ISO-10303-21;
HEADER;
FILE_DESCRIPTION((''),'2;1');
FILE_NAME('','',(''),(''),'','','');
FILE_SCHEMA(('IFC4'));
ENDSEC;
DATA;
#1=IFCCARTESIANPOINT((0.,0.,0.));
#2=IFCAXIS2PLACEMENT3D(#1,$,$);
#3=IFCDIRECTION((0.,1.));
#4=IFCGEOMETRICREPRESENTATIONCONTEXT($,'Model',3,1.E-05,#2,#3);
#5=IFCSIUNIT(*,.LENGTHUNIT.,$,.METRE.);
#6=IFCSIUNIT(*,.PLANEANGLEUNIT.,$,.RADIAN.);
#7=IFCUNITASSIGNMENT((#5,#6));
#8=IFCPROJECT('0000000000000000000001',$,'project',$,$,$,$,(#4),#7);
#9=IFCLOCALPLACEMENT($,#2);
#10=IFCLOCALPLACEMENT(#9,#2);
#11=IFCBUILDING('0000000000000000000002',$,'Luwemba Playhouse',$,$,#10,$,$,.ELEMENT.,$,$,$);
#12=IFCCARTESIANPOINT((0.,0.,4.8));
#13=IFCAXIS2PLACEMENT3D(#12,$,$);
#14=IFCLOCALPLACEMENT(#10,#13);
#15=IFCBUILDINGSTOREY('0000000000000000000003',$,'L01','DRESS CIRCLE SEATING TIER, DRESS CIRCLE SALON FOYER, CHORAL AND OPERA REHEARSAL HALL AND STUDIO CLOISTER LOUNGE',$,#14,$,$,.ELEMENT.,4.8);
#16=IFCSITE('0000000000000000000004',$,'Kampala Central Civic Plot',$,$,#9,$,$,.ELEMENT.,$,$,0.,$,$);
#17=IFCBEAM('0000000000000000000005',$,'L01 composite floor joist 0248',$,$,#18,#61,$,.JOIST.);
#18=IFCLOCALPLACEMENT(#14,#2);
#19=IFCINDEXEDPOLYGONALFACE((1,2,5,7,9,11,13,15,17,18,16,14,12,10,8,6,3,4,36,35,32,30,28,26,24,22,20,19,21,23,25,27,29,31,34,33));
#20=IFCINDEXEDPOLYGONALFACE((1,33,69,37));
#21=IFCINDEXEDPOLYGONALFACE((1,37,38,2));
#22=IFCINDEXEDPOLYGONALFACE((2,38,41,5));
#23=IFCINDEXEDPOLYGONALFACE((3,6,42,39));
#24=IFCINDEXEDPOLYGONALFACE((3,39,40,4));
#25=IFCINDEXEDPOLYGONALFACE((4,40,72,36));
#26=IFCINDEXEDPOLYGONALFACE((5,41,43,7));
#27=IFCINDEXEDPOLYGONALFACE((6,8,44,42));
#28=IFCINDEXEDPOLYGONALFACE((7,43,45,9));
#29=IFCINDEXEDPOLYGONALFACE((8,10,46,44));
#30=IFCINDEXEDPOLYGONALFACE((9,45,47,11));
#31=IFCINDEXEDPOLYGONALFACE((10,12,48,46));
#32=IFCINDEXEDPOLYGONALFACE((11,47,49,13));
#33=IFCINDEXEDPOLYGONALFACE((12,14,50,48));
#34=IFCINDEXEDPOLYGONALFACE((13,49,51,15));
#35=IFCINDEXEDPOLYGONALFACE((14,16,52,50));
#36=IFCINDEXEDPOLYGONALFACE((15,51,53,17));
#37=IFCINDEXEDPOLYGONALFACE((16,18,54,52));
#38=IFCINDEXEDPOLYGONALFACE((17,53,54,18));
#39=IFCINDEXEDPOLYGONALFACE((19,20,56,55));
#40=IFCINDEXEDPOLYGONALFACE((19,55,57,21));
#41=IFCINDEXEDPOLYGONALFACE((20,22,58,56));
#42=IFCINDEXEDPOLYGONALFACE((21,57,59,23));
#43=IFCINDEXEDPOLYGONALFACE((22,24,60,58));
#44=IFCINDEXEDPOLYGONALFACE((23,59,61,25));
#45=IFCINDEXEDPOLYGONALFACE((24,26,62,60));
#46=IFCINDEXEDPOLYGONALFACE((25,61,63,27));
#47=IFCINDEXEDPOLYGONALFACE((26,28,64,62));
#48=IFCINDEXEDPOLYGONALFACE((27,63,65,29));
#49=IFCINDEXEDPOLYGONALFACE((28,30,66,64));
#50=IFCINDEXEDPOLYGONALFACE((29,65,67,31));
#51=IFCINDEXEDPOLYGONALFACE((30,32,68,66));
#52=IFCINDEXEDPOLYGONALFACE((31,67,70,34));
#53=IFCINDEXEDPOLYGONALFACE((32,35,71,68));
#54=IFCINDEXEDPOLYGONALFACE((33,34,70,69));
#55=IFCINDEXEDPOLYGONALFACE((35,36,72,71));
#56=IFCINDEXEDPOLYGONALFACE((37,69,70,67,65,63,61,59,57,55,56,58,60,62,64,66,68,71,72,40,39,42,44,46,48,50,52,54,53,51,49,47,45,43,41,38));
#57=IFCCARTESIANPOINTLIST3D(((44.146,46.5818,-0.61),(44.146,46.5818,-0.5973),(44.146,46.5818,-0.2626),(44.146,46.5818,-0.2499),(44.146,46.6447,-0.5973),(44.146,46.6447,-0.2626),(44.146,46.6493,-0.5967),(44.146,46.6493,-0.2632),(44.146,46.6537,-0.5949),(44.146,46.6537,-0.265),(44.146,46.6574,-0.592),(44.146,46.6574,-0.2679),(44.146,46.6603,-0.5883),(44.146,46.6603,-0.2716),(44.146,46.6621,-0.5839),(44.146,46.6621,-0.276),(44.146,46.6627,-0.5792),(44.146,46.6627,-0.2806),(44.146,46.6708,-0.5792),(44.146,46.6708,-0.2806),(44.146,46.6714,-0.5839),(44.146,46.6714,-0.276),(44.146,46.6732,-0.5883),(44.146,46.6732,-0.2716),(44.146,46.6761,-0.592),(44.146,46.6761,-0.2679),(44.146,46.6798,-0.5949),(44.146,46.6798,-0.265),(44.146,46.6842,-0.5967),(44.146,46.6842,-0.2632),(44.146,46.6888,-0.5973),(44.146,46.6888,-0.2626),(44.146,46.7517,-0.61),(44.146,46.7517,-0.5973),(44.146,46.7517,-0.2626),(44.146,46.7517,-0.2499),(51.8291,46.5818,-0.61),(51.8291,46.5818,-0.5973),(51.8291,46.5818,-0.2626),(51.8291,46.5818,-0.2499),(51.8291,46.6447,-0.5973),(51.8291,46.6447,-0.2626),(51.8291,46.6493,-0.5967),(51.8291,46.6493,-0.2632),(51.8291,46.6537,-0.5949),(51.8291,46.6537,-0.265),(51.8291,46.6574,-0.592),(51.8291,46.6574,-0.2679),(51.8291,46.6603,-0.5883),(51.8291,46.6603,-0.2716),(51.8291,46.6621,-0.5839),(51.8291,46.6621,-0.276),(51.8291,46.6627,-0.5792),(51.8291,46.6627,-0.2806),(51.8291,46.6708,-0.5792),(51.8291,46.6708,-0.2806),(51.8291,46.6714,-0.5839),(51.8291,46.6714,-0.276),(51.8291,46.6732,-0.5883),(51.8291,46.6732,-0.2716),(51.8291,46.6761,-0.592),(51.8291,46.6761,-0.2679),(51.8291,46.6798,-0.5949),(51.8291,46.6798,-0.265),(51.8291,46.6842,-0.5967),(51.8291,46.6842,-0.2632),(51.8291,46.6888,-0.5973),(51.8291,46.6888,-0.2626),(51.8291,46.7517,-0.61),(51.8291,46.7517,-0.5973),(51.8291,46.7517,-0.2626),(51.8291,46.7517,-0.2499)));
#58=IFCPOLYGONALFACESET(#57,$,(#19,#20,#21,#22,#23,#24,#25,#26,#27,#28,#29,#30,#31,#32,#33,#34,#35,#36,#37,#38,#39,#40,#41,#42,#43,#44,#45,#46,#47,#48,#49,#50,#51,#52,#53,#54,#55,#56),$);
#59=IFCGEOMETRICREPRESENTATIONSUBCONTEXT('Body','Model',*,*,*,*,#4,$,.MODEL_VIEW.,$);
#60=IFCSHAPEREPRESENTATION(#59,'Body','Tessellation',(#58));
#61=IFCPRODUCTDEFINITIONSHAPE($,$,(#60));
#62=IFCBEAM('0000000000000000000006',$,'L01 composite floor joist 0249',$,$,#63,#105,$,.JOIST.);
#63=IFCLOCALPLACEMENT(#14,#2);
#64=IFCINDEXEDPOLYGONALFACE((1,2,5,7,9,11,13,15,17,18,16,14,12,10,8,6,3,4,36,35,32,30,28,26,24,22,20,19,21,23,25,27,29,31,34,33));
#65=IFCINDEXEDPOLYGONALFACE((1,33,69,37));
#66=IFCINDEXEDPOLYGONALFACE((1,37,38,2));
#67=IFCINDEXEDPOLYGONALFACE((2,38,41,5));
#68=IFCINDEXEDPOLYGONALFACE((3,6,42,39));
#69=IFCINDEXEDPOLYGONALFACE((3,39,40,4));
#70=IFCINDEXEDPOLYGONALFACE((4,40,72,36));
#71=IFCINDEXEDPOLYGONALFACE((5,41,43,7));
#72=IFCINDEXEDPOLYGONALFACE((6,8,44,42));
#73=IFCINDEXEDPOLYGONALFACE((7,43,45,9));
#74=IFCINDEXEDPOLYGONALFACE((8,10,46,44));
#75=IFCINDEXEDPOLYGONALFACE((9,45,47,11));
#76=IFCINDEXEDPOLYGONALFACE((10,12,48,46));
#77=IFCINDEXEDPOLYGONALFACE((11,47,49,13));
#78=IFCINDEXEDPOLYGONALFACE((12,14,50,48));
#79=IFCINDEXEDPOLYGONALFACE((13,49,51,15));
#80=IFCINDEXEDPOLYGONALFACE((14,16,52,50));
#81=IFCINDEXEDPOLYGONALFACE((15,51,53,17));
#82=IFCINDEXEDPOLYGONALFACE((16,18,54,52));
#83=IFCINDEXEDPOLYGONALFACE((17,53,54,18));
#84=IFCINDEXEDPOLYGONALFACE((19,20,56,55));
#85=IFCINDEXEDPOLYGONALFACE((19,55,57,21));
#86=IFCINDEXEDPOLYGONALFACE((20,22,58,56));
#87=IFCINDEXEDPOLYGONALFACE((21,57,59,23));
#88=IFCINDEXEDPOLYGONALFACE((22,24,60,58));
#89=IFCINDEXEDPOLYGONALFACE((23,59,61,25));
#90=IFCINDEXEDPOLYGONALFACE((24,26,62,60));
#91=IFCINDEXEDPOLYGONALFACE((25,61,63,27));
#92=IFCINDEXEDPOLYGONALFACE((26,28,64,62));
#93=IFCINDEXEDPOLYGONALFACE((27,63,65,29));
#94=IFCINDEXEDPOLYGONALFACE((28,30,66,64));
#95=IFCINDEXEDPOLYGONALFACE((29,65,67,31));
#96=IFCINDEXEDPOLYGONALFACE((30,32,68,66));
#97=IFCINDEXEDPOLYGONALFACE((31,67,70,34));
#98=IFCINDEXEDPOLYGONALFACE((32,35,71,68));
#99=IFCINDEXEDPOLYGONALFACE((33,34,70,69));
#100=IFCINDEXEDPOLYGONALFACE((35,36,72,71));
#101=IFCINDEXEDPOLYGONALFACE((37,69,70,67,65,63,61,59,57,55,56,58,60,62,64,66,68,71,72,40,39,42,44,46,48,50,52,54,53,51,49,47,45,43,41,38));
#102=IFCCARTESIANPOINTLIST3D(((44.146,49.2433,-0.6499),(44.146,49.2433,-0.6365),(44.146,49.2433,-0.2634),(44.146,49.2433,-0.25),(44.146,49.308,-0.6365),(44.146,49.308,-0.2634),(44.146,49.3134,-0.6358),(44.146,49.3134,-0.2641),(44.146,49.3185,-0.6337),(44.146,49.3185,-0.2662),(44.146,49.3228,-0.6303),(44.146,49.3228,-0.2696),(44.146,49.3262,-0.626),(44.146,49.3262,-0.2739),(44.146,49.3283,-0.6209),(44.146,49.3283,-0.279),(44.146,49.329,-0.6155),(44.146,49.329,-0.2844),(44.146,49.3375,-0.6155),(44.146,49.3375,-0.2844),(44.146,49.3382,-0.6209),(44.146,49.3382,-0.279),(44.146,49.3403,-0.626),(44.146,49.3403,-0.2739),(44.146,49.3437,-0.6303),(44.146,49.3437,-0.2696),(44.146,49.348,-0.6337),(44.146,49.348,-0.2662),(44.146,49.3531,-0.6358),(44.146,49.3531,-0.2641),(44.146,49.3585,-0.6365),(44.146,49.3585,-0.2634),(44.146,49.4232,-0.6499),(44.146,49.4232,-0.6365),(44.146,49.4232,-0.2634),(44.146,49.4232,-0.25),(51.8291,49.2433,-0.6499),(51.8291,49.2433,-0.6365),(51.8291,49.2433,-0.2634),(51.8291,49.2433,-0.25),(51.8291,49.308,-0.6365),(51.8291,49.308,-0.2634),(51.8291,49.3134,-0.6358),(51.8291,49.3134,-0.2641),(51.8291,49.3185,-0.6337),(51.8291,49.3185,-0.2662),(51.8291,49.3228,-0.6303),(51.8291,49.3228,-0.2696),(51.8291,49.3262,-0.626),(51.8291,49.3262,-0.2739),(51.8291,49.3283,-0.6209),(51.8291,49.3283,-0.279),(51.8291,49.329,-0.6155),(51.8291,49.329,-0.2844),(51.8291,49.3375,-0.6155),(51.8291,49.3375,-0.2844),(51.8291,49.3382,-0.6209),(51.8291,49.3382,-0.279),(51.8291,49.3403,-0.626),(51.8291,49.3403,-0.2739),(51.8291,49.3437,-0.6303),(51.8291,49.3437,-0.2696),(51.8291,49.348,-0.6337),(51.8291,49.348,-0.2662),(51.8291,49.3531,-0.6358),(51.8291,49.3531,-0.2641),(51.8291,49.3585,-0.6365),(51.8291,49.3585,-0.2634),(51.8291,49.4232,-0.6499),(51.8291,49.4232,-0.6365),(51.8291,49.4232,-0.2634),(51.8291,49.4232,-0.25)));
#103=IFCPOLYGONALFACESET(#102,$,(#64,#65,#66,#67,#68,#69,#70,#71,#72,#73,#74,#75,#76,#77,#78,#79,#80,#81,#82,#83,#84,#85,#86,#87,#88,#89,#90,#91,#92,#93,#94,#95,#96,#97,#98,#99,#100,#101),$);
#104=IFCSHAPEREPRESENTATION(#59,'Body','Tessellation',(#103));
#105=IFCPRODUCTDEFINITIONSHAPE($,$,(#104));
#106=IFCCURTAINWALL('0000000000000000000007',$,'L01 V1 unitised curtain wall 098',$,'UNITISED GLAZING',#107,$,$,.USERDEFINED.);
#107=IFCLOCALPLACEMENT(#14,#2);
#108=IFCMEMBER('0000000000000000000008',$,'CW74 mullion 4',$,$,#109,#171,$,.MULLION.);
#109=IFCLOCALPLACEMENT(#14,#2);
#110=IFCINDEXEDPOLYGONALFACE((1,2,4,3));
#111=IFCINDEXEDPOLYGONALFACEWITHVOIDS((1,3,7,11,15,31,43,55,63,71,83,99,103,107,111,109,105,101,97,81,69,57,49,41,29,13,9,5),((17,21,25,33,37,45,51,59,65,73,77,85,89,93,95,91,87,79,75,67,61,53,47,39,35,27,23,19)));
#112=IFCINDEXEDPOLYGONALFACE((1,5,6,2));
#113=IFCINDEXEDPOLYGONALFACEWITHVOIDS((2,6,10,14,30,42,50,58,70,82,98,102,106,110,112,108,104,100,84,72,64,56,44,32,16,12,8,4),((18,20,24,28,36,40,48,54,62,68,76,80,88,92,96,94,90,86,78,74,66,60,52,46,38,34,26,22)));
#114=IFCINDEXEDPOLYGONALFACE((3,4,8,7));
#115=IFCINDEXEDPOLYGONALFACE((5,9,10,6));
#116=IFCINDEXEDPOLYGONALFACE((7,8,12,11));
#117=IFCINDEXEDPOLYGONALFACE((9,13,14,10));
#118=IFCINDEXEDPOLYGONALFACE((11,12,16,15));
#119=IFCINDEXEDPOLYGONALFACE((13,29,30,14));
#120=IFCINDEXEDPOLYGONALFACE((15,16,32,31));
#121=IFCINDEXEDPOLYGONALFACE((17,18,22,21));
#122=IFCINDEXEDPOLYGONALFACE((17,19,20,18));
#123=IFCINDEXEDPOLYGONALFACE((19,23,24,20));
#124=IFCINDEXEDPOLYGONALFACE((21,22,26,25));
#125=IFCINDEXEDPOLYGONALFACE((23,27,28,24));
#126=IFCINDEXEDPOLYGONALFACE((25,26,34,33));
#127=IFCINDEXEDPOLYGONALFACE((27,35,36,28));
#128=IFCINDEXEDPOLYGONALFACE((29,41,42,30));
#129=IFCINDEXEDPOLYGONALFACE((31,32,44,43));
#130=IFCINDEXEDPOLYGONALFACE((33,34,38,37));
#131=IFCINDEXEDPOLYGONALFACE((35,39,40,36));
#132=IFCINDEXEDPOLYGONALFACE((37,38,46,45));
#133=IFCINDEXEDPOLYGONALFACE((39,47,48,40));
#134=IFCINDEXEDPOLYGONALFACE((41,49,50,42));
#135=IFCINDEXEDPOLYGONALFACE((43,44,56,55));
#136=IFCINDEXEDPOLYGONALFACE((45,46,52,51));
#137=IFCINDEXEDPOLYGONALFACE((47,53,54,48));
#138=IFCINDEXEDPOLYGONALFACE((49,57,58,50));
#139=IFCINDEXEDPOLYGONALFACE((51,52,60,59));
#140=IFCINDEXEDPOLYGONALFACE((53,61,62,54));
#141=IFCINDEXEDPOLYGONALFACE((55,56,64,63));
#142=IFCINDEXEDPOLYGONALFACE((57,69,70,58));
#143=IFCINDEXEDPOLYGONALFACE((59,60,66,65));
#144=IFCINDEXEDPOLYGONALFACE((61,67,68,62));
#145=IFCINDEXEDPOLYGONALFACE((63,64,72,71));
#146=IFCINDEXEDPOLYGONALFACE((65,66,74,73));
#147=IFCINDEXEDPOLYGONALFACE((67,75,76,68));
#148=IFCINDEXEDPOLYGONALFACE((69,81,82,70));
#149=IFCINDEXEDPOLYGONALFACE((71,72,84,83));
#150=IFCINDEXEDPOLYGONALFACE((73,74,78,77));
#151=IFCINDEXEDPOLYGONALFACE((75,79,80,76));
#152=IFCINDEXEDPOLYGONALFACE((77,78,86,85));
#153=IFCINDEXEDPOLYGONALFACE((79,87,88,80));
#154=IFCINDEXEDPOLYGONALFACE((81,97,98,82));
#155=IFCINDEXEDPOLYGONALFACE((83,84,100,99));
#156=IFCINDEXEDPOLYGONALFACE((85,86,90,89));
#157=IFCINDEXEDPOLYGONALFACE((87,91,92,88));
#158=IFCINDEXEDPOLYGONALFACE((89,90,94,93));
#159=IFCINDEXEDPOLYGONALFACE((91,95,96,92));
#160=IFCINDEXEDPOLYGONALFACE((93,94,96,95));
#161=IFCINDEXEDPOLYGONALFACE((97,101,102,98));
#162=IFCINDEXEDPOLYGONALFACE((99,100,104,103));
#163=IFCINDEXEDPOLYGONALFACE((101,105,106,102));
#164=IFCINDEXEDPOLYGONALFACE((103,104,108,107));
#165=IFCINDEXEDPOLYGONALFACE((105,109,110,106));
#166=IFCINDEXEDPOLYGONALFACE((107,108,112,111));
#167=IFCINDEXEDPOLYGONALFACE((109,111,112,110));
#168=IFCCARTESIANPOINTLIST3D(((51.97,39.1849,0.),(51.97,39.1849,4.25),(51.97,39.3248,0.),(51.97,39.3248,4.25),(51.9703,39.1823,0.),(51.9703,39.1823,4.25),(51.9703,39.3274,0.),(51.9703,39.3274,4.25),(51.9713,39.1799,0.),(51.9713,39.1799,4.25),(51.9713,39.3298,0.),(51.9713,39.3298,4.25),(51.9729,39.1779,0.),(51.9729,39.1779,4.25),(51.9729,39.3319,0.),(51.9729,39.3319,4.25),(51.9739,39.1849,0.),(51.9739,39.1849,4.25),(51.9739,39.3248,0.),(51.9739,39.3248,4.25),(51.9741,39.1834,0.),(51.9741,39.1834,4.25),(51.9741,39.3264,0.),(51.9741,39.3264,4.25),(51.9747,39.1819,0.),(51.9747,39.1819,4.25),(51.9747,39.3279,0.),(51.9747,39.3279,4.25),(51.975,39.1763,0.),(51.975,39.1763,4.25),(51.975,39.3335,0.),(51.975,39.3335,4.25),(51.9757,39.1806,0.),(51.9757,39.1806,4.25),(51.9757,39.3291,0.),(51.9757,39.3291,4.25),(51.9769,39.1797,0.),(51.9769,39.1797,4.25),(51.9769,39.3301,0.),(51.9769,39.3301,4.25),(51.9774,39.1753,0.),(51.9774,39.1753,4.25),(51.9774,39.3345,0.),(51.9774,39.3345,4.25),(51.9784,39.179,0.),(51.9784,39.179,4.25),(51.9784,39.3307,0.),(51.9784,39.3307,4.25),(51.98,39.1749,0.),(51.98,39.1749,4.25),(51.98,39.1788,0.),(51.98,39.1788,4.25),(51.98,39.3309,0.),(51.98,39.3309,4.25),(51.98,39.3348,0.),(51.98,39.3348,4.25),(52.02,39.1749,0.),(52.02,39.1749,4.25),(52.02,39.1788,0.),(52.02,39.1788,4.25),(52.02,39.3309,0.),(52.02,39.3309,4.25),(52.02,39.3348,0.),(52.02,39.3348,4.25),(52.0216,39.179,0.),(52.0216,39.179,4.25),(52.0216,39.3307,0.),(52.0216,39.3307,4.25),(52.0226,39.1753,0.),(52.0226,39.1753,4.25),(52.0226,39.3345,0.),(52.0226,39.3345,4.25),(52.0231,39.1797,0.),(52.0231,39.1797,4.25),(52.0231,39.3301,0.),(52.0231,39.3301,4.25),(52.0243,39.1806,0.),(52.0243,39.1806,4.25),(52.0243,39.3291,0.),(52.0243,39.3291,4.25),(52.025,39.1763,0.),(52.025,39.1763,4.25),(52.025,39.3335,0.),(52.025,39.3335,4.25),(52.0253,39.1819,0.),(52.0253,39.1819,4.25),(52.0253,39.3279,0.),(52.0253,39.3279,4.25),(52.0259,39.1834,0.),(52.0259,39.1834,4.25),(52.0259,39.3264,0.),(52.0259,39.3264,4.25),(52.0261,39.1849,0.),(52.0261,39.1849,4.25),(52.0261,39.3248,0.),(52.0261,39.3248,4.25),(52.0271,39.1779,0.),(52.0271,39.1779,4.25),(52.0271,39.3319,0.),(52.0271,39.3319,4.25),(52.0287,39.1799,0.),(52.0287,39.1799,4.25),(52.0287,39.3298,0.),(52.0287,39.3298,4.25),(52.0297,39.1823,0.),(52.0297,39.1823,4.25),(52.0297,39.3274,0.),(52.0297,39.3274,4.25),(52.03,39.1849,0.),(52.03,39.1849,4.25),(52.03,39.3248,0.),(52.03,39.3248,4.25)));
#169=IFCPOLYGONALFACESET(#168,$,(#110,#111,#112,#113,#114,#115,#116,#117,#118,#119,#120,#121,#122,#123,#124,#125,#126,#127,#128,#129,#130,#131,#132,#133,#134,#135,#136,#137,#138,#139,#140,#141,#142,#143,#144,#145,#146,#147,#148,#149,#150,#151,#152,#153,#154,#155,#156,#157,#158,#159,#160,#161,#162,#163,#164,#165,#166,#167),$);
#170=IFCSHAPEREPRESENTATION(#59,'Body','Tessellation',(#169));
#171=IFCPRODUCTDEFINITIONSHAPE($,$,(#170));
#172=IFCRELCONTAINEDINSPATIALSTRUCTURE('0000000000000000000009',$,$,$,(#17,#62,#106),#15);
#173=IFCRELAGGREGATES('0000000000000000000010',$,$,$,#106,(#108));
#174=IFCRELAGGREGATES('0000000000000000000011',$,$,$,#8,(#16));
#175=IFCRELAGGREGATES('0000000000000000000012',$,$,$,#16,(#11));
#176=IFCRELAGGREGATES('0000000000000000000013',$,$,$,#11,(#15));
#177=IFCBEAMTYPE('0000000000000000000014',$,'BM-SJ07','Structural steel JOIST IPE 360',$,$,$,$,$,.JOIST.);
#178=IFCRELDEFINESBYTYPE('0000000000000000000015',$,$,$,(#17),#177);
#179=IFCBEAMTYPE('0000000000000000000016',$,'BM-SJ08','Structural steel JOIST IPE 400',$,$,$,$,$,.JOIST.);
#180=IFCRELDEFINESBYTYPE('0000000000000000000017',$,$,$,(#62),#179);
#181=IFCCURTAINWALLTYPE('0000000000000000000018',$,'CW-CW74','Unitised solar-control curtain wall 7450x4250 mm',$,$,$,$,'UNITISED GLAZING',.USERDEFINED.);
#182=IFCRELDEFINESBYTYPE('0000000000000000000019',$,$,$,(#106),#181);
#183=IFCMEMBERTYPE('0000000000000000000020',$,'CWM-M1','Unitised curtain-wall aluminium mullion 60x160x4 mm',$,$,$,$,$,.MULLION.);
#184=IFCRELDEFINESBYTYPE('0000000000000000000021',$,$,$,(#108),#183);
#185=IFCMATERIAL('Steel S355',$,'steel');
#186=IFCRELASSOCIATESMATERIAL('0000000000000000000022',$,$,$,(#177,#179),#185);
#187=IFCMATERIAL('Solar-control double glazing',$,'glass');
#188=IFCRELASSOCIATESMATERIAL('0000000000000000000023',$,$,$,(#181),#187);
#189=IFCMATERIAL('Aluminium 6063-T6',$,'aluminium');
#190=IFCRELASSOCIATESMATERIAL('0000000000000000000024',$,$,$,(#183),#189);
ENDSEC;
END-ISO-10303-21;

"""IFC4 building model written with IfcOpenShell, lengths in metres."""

from ifc_helpers import new_model, si_unit, direction, frame, origin, origin_2d, place, context, subcontext, project, spatial, hollow_rectangle, i_section, extrude, material, material_profile, profile_set, type_object, element, aggregate, save


model = new_model("IFC4")

# Units and contexts
model_context = context("Model", 3, precision=1e-05, world=origin(), true_north=direction((0.0, 1.0)))
body_context = subcontext(model_context, "Body", "Model", "MODEL_VIEW")
ifc_project = project(units=[si_unit("LENGTHUNIT", "METRE"), si_unit("PLANEANGLEUNIT", "RADIAN")], contexts=[model_context])

# Site, building, storey
site_placement = place(None, origin())
site = spatial("IfcSite", under=ifc_project, at=site_placement, Name="Kampala Central Civic Plot", CompositionType="ELEMENT", RefElevation=0.0)
building_placement = place(site_placement, origin())
building = spatial("IfcBuilding", under=site, at=building_placement, Name="Luwemba Playhouse", CompositionType="ELEMENT")
storey_placement = place(building_placement, frame((0.0, 0.0, 4.8)))
storey = spatial("IfcBuildingStorey", under=building, at=storey_placement, Name="L01", Description="DRESS CIRCLE SEATING TIER, DRESS CIRCLE SALON FOYER, CHORAL AND OPERA REHEARSAL HALL AND STUDIO CLOISTER LOUNGE", CompositionType="ELEMENT", Elevation=4.8)

# Beams
ifc_material_1 = material(Name="Steel S355", Category="steel")
ifc_material_profile_1 = material_profile(ifc_material_1, i_section(OverallWidth=0.1699, OverallDepth=0.3601, WebThickness=0.0081, FlangeThickness=0.0127, FilletRadius=0.0181, at=origin_2d()))
ifc_profile_set_1 = profile_set([ifc_material_profile_1], Name="Steel S355")
beam_type_1 = type_object("IfcBeamType", Name="BM-SJ07", Description="Structural steel JOIST IPE 360", PredefinedType="JOIST", material=ifc_profile_set_1)
beam_1_placement = place(storey_placement, frame((44.146, 46.6667, -0.4299), z_axis=(1.0, 0.0, 0.0), x_axis=(0.0, 1.0, 0.0)))
element("IfcBeam", 1, at=beam_1_placement, inside=storey, type_object=beam_type_1, Name="L01 composite floor joist 0248", PredefinedType="JOIST", context=body_context, shape_type="SweptSolid", body=[
    extrude(i_section(OverallWidth=0.1699, OverallDepth=0.3601, WebThickness=0.0081, FlangeThickness=0.0127, FilletRadius=0.0181, at=origin_2d()), origin(), (0.0, 0.0, 1.0), 7.6831),
])
ifc_material_profile_2 = material_profile(ifc_material_1, i_section(OverallWidth=0.1799, OverallDepth=0.3999, WebThickness=0.0085, FlangeThickness=0.0134, FilletRadius=0.021, at=origin_2d()))
ifc_profile_set_2 = profile_set([ifc_material_profile_2], Name="Steel S355")
beam_type_2 = type_object("IfcBeamType", Name="BM-SJ08", Description="Structural steel JOIST IPE 400", PredefinedType="JOIST", material=ifc_profile_set_2)
beam_2_placement = place(storey_placement, frame((44.146, 49.3333, -0.45), z_axis=(1.0, 0.0, 0.0), x_axis=(0.0, 1.0, 0.0)))
element("IfcBeam", 2, at=beam_2_placement, inside=storey, type_object=beam_type_2, Name="L01 composite floor joist 0249", PredefinedType="JOIST", context=body_context, shape_type="SweptSolid", body=[
    extrude(i_section(OverallWidth=0.1799, OverallDepth=0.3999, WebThickness=0.0085, FlangeThickness=0.0134, FilletRadius=0.021, at=origin_2d()), origin(), (0.0, 0.0, 1.0), 7.6831),
])

# Curtain wall, member
ifc_material_2 = material(Name="Solar-control double glazing", Category="glass")
curtain_wall_type = type_object("IfcCurtainWallType", Name="CW-CW74", Description="Unitised solar-control curtain wall 7450x4250 mm", ElementType="UNITISED GLAZING", PredefinedType="USERDEFINED", material=ifc_material_2)
curtain_wall_placement = place(storey_placement, origin())
curtain_wall = element("IfcCurtainWall", 3, at=curtain_wall_placement, inside=storey, type_object=curtain_wall_type, Name="L01 V1 unitised curtain wall 098", ObjectType="UNITISED GLAZING", PredefinedType="USERDEFINED")
ifc_material_3 = material(Name="Aluminium 6063-T6", Category="aluminium")
ifc_material_profile_3 = material_profile(ifc_material_3, hollow_rectangle(XDim=0.0601, YDim=0.1599, WallThickness=0.0039, InnerFilletRadius=0.0061, OuterFilletRadius=0.01, at=origin_2d()))
ifc_profile_set_3 = profile_set([ifc_material_profile_3], Name="Aluminium 6063-T6")
member_type_1 = type_object("IfcMemberType", Name="CWM-M1", Description="Unitised curtain-wall aluminium mullion 60x160x4 mm", PredefinedType="MULLION", material=ifc_profile_set_3)
member_1_placement = place(storey_placement, frame((52.0, 39.2549, 0.0), z_axis=(0.0, 0.0, 1.0), x_axis=(1.0, 0.0, 0.0)))
member_1 = element("IfcMember", 4, at=member_1_placement, type_object=member_type_1, Name="CW74 mullion 4", PredefinedType="MULLION", context=body_context, shape_type="SweptSolid", body=[
    extrude(hollow_rectangle(XDim=0.0601, YDim=0.1599, WallThickness=0.0039, InnerFilletRadius=0.0061, OuterFilletRadius=0.01, at=origin_2d()), origin(), (0.0, 0.0, 1.0), 4.25),
])
aggregate(curtain_wall, [member_1])

save(model, "model.ifc")
